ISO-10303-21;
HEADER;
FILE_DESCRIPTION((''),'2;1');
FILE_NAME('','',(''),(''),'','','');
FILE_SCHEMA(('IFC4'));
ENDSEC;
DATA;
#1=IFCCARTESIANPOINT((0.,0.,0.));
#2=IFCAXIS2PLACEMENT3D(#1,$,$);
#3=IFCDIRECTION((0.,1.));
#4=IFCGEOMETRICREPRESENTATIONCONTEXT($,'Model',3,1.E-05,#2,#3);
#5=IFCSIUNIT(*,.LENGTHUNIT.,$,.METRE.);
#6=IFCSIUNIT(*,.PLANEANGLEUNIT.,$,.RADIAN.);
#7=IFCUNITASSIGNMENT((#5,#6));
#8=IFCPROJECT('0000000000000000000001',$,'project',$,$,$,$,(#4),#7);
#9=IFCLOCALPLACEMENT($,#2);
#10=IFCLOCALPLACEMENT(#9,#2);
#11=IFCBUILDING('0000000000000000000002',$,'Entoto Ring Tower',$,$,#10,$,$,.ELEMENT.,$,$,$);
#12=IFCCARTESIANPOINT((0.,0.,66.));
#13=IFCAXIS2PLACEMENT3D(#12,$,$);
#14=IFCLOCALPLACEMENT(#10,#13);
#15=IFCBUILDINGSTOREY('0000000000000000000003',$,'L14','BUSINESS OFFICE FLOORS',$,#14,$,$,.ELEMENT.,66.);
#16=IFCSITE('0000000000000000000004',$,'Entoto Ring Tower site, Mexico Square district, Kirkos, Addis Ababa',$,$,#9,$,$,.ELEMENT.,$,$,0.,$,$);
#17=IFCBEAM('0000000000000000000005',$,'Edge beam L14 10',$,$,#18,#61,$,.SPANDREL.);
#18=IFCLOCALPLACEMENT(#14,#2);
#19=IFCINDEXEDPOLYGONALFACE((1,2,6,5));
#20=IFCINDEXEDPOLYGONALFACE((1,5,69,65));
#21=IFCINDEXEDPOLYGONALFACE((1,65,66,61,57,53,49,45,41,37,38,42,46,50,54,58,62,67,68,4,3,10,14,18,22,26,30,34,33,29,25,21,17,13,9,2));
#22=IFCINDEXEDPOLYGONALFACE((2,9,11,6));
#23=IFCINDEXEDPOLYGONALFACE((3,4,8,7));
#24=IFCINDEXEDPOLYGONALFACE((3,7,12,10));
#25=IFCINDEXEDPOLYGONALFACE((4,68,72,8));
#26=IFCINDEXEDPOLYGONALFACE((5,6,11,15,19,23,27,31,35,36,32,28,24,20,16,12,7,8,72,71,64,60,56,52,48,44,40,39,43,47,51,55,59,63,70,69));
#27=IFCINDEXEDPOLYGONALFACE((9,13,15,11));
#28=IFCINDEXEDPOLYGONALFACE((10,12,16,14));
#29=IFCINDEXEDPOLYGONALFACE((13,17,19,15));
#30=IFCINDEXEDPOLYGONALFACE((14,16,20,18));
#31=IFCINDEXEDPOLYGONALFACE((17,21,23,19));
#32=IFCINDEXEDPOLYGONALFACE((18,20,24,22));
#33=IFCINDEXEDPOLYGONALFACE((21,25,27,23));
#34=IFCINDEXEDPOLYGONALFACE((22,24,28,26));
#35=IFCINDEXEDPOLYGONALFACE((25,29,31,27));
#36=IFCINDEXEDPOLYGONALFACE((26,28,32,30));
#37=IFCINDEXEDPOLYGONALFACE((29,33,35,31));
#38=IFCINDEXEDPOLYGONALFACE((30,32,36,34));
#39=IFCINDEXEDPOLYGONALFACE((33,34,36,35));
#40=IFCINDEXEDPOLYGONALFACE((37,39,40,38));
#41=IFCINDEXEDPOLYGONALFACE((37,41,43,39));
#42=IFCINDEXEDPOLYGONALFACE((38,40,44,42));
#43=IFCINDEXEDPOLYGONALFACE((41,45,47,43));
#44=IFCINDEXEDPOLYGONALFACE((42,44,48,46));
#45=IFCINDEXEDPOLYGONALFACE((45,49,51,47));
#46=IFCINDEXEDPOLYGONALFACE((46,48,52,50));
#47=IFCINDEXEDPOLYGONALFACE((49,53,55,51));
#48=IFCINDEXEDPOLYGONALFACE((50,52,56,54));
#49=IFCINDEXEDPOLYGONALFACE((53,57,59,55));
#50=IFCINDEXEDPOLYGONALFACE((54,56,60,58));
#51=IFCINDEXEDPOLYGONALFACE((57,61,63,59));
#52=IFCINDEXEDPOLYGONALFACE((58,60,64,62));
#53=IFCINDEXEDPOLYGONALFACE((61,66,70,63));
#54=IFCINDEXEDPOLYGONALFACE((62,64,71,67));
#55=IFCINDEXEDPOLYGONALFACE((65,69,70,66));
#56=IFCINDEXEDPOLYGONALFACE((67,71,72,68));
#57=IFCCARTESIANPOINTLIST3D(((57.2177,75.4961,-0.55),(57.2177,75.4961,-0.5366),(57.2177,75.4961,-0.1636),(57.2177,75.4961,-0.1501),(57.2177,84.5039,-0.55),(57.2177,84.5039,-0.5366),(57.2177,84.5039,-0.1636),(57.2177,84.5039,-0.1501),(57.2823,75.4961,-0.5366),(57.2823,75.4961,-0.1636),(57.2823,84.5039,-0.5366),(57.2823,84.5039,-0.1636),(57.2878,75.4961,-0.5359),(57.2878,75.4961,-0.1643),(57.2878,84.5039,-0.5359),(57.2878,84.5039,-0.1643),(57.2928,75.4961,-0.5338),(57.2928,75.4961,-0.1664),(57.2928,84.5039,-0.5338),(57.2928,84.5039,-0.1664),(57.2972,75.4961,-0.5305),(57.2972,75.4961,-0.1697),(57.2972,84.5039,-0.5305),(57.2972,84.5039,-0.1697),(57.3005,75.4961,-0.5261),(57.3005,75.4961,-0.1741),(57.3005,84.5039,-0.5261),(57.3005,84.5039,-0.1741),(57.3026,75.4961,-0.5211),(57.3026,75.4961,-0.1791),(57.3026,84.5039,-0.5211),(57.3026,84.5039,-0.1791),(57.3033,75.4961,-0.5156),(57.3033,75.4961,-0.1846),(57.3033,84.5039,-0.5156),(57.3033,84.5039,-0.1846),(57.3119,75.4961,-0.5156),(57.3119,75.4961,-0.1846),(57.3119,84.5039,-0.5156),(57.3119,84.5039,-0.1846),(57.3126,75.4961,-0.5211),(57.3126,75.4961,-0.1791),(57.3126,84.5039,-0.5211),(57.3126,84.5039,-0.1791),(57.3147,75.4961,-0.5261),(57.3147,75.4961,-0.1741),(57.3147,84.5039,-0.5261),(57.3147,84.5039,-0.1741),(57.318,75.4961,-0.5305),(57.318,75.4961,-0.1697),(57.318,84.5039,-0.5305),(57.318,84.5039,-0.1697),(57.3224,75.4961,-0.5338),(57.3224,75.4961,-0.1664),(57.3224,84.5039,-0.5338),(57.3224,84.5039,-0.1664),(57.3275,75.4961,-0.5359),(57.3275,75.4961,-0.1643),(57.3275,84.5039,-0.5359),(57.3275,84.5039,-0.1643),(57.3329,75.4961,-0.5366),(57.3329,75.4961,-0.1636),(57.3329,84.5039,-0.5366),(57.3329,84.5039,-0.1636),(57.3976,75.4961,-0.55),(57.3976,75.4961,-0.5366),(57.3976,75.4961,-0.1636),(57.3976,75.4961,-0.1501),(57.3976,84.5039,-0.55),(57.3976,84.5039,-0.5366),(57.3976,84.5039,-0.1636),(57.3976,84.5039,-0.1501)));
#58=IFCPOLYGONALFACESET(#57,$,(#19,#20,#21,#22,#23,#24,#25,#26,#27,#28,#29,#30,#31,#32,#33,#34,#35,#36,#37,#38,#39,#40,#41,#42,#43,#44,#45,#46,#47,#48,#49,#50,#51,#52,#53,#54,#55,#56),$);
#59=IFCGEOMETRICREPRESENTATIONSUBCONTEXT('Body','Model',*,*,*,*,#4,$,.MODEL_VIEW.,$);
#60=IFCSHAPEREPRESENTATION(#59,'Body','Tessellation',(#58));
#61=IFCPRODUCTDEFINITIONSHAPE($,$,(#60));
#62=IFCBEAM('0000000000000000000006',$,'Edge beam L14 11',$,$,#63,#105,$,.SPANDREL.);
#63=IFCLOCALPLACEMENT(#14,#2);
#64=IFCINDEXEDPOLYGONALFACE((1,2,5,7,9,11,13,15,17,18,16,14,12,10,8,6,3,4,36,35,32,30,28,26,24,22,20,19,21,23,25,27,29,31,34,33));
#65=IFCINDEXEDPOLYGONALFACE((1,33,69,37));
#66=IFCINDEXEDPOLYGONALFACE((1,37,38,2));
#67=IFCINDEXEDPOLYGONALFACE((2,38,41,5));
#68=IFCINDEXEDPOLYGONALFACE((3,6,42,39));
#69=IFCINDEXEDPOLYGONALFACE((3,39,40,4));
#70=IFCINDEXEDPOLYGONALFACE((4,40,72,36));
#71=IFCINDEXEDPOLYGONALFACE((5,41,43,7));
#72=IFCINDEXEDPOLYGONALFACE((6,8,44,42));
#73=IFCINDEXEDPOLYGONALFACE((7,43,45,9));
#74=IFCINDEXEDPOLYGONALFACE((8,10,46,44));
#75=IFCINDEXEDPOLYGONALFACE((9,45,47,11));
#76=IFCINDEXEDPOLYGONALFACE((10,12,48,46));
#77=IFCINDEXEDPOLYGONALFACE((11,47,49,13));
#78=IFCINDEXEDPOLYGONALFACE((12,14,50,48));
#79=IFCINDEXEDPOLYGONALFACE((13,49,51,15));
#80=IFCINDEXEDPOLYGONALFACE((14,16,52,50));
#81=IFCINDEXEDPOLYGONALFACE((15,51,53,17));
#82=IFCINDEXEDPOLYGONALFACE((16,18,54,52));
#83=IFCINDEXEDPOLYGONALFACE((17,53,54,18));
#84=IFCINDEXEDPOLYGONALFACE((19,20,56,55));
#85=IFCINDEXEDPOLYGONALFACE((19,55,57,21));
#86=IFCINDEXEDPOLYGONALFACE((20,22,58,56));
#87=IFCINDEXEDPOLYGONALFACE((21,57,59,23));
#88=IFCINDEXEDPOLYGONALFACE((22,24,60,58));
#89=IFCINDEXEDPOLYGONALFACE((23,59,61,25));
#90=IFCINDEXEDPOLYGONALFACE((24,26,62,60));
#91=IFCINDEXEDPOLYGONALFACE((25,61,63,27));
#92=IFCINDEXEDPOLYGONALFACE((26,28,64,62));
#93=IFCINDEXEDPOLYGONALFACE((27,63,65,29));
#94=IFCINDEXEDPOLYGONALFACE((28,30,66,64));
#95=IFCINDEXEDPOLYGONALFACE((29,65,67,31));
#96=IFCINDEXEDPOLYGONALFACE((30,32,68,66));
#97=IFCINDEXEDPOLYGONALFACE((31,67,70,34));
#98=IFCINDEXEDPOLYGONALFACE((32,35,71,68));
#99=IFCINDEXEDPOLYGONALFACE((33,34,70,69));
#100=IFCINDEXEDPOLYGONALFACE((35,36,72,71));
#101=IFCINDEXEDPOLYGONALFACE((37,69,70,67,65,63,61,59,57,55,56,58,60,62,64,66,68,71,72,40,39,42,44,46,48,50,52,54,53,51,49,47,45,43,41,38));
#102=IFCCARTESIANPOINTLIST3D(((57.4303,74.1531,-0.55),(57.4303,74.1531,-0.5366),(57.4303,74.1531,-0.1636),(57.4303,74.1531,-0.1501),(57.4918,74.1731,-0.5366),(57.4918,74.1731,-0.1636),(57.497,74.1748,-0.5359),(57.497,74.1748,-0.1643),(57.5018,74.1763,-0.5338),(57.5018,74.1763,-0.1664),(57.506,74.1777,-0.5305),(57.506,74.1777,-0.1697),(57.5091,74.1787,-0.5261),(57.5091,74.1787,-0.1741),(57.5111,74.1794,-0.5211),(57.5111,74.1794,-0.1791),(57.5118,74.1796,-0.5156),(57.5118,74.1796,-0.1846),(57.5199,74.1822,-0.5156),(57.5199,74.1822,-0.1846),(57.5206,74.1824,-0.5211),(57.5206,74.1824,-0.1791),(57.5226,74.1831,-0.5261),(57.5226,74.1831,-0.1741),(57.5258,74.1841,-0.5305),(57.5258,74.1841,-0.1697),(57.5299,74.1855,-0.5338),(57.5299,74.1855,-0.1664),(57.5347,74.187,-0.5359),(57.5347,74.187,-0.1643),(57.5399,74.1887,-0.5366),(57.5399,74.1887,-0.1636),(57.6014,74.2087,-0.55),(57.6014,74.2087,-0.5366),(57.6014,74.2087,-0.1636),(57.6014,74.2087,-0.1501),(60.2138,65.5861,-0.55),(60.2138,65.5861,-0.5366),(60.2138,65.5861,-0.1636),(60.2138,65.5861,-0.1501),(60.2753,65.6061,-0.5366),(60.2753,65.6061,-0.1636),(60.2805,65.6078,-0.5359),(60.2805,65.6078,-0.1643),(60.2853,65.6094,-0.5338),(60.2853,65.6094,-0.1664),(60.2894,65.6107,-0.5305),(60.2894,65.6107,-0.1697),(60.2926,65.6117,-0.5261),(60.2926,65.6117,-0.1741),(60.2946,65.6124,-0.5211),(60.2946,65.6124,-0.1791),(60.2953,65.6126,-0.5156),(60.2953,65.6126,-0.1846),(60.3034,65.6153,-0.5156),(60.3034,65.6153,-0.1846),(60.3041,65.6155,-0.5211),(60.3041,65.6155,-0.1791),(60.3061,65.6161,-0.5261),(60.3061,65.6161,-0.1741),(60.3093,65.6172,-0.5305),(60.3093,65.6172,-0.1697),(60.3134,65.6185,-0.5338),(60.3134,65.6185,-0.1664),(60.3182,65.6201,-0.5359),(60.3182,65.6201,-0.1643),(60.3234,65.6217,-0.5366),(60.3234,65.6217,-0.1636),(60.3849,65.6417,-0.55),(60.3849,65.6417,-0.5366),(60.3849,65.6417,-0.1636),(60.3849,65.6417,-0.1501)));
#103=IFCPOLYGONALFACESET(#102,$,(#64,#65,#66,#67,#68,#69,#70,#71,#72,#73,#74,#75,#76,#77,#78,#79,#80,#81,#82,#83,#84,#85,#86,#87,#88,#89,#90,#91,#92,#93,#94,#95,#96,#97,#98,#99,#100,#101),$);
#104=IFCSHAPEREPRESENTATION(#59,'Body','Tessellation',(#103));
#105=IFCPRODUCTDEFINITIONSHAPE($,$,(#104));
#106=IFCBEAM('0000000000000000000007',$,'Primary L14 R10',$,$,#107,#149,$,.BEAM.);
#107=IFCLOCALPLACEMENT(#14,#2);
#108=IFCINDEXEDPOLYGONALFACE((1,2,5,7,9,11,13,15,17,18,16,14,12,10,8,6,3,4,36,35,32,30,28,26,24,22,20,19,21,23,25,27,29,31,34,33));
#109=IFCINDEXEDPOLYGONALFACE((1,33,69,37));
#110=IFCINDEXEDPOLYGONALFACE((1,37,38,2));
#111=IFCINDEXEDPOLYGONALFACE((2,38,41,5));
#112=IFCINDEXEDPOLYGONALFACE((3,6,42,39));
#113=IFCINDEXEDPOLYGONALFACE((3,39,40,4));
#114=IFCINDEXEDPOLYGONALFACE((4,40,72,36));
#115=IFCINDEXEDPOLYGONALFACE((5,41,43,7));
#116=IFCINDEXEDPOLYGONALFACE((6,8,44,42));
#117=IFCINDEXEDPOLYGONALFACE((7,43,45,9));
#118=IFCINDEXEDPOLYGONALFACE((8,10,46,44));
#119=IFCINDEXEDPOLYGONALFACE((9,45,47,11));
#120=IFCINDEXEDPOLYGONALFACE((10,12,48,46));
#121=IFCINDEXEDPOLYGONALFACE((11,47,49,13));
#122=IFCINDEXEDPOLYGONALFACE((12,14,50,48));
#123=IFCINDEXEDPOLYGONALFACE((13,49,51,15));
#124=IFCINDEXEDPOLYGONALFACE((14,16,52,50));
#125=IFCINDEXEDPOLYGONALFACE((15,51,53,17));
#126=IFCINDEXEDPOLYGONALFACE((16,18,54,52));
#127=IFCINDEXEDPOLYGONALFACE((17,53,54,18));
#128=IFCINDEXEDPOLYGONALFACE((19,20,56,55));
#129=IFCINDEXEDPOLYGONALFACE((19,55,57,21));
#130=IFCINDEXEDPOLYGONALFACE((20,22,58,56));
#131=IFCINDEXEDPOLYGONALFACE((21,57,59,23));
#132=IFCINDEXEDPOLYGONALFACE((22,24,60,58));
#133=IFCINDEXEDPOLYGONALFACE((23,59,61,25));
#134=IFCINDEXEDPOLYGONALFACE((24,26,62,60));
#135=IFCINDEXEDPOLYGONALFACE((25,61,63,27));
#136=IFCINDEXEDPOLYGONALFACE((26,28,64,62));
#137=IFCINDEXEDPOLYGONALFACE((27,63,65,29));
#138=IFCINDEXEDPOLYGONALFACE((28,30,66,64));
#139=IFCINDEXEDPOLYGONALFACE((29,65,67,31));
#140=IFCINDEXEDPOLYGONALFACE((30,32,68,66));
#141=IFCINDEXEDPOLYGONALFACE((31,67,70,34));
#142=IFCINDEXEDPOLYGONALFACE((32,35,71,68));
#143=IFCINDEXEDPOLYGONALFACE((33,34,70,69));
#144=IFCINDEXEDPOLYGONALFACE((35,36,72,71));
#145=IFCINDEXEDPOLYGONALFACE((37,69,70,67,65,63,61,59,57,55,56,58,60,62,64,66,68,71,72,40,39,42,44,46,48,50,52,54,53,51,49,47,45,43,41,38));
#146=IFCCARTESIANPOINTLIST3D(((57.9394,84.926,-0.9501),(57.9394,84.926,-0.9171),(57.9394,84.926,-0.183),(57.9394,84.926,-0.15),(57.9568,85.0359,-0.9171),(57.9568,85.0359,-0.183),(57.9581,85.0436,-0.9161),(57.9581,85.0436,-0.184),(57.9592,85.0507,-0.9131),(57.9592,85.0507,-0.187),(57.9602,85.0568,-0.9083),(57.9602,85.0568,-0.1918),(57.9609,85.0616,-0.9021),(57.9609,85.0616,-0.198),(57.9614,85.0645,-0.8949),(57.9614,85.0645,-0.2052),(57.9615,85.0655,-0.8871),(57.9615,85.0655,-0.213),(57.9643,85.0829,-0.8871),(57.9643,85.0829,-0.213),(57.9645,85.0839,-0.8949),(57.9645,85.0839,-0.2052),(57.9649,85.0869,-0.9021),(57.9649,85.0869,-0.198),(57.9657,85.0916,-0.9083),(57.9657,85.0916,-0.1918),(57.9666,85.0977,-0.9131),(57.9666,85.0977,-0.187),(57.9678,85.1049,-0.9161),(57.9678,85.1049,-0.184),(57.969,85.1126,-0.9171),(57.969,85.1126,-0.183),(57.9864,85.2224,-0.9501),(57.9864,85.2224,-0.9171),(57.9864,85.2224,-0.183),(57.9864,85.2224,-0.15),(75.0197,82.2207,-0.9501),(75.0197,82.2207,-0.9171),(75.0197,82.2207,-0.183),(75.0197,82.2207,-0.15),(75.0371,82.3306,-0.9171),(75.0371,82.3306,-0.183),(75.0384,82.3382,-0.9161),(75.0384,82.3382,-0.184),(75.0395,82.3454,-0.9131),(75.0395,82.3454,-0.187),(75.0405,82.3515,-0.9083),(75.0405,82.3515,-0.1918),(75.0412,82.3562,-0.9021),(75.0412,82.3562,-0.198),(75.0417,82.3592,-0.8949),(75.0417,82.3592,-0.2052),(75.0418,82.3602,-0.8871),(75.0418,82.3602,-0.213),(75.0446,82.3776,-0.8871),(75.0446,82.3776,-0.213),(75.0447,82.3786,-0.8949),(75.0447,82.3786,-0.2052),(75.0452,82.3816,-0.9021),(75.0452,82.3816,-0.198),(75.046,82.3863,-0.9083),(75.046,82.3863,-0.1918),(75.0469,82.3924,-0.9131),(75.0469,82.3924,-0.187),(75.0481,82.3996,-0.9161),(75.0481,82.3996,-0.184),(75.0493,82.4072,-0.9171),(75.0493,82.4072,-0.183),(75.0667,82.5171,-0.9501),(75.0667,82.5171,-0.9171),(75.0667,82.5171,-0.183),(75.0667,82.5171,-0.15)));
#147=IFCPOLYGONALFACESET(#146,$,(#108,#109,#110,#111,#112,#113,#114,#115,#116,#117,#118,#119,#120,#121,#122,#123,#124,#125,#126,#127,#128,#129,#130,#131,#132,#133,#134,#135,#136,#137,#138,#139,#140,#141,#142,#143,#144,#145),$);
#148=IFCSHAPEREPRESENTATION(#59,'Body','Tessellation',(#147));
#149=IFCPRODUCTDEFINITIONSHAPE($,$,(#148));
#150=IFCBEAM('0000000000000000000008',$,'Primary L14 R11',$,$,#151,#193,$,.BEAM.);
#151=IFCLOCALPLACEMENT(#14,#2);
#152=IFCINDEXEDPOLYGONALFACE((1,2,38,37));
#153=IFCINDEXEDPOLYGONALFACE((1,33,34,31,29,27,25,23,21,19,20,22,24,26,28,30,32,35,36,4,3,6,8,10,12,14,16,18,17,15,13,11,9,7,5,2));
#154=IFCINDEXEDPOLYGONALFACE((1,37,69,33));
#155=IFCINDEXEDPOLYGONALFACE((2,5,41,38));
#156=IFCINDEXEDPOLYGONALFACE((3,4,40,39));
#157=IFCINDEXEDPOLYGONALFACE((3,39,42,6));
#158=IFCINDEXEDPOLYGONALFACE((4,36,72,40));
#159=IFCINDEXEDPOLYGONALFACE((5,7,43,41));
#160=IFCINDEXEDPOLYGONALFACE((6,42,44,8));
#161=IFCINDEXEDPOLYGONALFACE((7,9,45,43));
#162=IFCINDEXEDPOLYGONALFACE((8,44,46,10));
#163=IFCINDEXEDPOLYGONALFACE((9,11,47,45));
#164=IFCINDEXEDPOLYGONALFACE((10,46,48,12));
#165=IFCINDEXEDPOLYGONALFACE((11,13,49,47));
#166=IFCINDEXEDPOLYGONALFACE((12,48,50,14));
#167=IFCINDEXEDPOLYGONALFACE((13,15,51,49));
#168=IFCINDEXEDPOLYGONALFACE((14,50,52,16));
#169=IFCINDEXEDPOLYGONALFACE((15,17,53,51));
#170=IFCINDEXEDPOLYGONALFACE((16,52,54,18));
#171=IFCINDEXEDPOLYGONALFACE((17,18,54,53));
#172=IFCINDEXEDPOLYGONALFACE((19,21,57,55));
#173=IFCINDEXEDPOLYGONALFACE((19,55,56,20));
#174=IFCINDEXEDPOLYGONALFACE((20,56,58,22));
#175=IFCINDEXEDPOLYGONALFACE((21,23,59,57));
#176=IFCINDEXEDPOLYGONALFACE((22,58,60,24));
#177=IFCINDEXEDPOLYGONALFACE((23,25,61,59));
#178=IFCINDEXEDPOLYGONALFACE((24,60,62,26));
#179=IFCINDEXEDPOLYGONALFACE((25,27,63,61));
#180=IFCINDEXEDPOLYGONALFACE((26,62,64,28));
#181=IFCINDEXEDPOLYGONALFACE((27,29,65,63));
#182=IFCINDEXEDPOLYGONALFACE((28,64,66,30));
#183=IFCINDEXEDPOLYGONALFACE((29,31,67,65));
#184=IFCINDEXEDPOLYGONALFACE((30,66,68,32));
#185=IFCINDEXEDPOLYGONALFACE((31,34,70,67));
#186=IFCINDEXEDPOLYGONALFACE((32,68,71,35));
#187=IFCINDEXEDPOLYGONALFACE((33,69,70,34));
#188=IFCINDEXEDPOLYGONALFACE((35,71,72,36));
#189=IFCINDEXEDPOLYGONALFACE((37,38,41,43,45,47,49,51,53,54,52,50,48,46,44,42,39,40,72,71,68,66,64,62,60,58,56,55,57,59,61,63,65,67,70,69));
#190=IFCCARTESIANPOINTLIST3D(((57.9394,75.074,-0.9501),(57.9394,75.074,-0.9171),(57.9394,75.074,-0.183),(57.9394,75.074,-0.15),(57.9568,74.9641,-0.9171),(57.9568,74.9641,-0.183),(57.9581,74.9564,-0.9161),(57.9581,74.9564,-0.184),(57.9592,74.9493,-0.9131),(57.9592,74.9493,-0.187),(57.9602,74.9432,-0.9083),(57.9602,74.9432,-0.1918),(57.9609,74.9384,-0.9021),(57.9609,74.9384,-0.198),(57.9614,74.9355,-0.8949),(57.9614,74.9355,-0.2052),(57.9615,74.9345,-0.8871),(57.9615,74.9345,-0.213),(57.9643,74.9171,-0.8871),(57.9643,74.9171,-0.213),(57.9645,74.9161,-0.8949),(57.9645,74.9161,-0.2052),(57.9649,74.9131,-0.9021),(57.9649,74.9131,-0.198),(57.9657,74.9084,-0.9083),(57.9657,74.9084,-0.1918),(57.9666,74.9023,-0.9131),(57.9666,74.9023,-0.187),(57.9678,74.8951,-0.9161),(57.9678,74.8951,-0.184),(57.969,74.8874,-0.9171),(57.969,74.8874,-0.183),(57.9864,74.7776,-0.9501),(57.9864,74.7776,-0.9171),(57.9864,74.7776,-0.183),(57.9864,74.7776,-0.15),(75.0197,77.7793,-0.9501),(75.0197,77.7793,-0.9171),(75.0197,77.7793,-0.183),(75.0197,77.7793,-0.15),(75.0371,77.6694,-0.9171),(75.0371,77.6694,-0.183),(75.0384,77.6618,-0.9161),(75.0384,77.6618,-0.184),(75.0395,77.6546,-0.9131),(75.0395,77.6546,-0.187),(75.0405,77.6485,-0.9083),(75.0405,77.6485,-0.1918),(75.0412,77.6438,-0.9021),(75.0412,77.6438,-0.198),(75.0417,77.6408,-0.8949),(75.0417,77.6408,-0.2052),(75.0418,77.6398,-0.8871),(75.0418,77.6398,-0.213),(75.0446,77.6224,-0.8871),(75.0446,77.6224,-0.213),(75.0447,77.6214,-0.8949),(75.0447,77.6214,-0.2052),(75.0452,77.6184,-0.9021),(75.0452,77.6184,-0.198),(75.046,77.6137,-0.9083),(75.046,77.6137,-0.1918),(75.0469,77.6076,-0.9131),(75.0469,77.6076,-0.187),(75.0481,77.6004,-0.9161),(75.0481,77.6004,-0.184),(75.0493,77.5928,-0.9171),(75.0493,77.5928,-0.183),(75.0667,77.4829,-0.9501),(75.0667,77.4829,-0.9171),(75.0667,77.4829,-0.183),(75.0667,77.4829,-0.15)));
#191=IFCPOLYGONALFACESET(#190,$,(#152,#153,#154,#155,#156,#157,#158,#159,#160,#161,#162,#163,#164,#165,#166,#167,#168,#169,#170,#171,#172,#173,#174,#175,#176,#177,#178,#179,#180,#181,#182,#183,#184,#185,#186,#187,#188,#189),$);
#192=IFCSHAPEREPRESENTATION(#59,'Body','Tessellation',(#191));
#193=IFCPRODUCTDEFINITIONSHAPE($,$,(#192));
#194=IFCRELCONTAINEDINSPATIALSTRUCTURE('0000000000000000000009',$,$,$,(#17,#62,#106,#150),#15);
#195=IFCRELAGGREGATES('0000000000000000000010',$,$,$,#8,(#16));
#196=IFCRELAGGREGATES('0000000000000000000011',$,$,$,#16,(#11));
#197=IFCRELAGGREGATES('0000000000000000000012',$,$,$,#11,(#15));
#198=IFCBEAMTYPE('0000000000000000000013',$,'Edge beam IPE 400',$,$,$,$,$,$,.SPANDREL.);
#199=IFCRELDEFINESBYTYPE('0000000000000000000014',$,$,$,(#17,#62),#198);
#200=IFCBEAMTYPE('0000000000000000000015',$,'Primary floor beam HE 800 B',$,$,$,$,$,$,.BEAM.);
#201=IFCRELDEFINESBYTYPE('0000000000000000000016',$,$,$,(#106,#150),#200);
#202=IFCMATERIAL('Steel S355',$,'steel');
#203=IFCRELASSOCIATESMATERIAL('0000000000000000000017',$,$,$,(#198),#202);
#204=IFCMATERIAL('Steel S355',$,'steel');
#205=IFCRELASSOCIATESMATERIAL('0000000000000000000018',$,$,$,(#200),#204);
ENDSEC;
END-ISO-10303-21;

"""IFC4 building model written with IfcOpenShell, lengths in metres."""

from ifc_helpers import new_model, si_unit, direction, frame, origin, origin_2d, place, context, subcontext, project, spatial, i_section, extrude, material, material_profile, profile_set, type_object, element, save


model = new_model("IFC4")

# Units and contexts
model_context = context("Model", 3, precision=1e-05, world=origin(), true_north=direction((0.0, 1.0)))
body_context = subcontext(model_context, "Body", "Model", "MODEL_VIEW")
ifc_project = project(units=[si_unit("LENGTHUNIT", "METRE"), si_unit("PLANEANGLEUNIT", "RADIAN")], contexts=[model_context])

# Site, building, storey
site_placement = place(None, origin())
site = spatial("IfcSite", under=ifc_project, at=site_placement, Name="Entoto Ring Tower site, Mexico Square district, Kirkos, Addis Ababa", CompositionType="ELEMENT", RefElevation=0.0)
building_placement = place(site_placement, origin())
building = spatial("IfcBuilding", under=site, at=building_placement, Name="Entoto Ring Tower", CompositionType="ELEMENT")
storey_placement = place(building_placement, frame((0.0, 0.0, 66.0)))
storey = spatial("IfcBuildingStorey", under=building, at=storey_placement, Name="L14", Description="BUSINESS OFFICE FLOORS", CompositionType="ELEMENT", Elevation=66.0)

# Beams
ifc_material_1 = material(Name="Steel S355", Category="steel")
ifc_material_profile_1 = material_profile(ifc_material_1, i_section(OverallWidth=0.1799, OverallDepth=0.3999, WebThickness=0.0085, FlangeThickness=0.0134, FilletRadius=0.021, at=origin_2d()), Name="IPE 400")
ifc_profile_set_1 = profile_set([ifc_material_profile_1], Name="Steel S355")
beam_type_1 = type_object("IfcBeamType", Name="Edge beam IPE 400", PredefinedType="SPANDREL", material=ifc_profile_set_1)
for number, where, z_axis, x_axis, name in (
    (1, (57.3076, 84.5039, -0.3501), (0.0, -1.0, 0.0), (1.0, 0.0, 0.0), "Edge beam L14 10"),
    (2, (57.5159, 74.1809, -0.3501), (0.309006, -0.95106, 0.0), (0.95106, 0.309006, 0.0), "Edge beam L14 11"),
):
    element("IfcBeam", number, at=place(storey_placement, frame(where, z_axis=z_axis, x_axis=x_axis)), inside=storey, type_object=beam_type_1, Name=name, PredefinedType="SPANDREL", context=body_context, shape_type="SweptSolid", body=[
        extrude(i_section(OverallWidth=0.1799, OverallDepth=0.3999, WebThickness=0.0085, FlangeThickness=0.0134, FilletRadius=0.021, at=origin_2d()), origin(), (0.0, 0.0, 1.0), 9.0078),
    ])
ifc_material_2 = material(Name="Steel S355", Category="steel")
ifc_material_profile_2 = material_profile(ifc_material_2, i_section(OverallWidth=0.3, OverallDepth=0.8, WebThickness=0.0176, FlangeThickness=0.033, FilletRadius=0.03, at=origin_2d()), Name="HE 800 B")
ifc_profile_set_2 = profile_set([ifc_material_profile_2], Name="Steel S355")
beam_type_2 = type_object("IfcBeamType", Name="Primary floor beam HE 800 B", PredefinedType="BEAM", material=ifc_profile_set_2)
for number, where, z_axis, x_axis, name in (
    (3, (75.0432, 82.3689, -0.55), (-0.987688, 0.156438, 0.0), (-0.156438, -0.987688, 0.0), "Primary L14 R10"),
    (4, (75.0432, 77.6311, -0.55), (-0.987688, -0.156438, 0.0), (0.156438, -0.987688, 0.0), "Primary L14 R11"),
):
    element("IfcBeam", number, at=place(storey_placement, frame(where, z_axis=z_axis, x_axis=x_axis)), inside=storey, type_object=beam_type_2, Name=name, PredefinedType="BEAM", context=body_context, shape_type="SweptSolid", body=[
        extrude(i_section(OverallWidth=0.3, OverallDepth=0.8, WebThickness=0.0176, FlangeThickness=0.033, FilletRadius=0.03, at=origin_2d()), origin(), (0.0, 0.0, 1.0), 17.2932),
    ])

save(model, "model.ifc")
